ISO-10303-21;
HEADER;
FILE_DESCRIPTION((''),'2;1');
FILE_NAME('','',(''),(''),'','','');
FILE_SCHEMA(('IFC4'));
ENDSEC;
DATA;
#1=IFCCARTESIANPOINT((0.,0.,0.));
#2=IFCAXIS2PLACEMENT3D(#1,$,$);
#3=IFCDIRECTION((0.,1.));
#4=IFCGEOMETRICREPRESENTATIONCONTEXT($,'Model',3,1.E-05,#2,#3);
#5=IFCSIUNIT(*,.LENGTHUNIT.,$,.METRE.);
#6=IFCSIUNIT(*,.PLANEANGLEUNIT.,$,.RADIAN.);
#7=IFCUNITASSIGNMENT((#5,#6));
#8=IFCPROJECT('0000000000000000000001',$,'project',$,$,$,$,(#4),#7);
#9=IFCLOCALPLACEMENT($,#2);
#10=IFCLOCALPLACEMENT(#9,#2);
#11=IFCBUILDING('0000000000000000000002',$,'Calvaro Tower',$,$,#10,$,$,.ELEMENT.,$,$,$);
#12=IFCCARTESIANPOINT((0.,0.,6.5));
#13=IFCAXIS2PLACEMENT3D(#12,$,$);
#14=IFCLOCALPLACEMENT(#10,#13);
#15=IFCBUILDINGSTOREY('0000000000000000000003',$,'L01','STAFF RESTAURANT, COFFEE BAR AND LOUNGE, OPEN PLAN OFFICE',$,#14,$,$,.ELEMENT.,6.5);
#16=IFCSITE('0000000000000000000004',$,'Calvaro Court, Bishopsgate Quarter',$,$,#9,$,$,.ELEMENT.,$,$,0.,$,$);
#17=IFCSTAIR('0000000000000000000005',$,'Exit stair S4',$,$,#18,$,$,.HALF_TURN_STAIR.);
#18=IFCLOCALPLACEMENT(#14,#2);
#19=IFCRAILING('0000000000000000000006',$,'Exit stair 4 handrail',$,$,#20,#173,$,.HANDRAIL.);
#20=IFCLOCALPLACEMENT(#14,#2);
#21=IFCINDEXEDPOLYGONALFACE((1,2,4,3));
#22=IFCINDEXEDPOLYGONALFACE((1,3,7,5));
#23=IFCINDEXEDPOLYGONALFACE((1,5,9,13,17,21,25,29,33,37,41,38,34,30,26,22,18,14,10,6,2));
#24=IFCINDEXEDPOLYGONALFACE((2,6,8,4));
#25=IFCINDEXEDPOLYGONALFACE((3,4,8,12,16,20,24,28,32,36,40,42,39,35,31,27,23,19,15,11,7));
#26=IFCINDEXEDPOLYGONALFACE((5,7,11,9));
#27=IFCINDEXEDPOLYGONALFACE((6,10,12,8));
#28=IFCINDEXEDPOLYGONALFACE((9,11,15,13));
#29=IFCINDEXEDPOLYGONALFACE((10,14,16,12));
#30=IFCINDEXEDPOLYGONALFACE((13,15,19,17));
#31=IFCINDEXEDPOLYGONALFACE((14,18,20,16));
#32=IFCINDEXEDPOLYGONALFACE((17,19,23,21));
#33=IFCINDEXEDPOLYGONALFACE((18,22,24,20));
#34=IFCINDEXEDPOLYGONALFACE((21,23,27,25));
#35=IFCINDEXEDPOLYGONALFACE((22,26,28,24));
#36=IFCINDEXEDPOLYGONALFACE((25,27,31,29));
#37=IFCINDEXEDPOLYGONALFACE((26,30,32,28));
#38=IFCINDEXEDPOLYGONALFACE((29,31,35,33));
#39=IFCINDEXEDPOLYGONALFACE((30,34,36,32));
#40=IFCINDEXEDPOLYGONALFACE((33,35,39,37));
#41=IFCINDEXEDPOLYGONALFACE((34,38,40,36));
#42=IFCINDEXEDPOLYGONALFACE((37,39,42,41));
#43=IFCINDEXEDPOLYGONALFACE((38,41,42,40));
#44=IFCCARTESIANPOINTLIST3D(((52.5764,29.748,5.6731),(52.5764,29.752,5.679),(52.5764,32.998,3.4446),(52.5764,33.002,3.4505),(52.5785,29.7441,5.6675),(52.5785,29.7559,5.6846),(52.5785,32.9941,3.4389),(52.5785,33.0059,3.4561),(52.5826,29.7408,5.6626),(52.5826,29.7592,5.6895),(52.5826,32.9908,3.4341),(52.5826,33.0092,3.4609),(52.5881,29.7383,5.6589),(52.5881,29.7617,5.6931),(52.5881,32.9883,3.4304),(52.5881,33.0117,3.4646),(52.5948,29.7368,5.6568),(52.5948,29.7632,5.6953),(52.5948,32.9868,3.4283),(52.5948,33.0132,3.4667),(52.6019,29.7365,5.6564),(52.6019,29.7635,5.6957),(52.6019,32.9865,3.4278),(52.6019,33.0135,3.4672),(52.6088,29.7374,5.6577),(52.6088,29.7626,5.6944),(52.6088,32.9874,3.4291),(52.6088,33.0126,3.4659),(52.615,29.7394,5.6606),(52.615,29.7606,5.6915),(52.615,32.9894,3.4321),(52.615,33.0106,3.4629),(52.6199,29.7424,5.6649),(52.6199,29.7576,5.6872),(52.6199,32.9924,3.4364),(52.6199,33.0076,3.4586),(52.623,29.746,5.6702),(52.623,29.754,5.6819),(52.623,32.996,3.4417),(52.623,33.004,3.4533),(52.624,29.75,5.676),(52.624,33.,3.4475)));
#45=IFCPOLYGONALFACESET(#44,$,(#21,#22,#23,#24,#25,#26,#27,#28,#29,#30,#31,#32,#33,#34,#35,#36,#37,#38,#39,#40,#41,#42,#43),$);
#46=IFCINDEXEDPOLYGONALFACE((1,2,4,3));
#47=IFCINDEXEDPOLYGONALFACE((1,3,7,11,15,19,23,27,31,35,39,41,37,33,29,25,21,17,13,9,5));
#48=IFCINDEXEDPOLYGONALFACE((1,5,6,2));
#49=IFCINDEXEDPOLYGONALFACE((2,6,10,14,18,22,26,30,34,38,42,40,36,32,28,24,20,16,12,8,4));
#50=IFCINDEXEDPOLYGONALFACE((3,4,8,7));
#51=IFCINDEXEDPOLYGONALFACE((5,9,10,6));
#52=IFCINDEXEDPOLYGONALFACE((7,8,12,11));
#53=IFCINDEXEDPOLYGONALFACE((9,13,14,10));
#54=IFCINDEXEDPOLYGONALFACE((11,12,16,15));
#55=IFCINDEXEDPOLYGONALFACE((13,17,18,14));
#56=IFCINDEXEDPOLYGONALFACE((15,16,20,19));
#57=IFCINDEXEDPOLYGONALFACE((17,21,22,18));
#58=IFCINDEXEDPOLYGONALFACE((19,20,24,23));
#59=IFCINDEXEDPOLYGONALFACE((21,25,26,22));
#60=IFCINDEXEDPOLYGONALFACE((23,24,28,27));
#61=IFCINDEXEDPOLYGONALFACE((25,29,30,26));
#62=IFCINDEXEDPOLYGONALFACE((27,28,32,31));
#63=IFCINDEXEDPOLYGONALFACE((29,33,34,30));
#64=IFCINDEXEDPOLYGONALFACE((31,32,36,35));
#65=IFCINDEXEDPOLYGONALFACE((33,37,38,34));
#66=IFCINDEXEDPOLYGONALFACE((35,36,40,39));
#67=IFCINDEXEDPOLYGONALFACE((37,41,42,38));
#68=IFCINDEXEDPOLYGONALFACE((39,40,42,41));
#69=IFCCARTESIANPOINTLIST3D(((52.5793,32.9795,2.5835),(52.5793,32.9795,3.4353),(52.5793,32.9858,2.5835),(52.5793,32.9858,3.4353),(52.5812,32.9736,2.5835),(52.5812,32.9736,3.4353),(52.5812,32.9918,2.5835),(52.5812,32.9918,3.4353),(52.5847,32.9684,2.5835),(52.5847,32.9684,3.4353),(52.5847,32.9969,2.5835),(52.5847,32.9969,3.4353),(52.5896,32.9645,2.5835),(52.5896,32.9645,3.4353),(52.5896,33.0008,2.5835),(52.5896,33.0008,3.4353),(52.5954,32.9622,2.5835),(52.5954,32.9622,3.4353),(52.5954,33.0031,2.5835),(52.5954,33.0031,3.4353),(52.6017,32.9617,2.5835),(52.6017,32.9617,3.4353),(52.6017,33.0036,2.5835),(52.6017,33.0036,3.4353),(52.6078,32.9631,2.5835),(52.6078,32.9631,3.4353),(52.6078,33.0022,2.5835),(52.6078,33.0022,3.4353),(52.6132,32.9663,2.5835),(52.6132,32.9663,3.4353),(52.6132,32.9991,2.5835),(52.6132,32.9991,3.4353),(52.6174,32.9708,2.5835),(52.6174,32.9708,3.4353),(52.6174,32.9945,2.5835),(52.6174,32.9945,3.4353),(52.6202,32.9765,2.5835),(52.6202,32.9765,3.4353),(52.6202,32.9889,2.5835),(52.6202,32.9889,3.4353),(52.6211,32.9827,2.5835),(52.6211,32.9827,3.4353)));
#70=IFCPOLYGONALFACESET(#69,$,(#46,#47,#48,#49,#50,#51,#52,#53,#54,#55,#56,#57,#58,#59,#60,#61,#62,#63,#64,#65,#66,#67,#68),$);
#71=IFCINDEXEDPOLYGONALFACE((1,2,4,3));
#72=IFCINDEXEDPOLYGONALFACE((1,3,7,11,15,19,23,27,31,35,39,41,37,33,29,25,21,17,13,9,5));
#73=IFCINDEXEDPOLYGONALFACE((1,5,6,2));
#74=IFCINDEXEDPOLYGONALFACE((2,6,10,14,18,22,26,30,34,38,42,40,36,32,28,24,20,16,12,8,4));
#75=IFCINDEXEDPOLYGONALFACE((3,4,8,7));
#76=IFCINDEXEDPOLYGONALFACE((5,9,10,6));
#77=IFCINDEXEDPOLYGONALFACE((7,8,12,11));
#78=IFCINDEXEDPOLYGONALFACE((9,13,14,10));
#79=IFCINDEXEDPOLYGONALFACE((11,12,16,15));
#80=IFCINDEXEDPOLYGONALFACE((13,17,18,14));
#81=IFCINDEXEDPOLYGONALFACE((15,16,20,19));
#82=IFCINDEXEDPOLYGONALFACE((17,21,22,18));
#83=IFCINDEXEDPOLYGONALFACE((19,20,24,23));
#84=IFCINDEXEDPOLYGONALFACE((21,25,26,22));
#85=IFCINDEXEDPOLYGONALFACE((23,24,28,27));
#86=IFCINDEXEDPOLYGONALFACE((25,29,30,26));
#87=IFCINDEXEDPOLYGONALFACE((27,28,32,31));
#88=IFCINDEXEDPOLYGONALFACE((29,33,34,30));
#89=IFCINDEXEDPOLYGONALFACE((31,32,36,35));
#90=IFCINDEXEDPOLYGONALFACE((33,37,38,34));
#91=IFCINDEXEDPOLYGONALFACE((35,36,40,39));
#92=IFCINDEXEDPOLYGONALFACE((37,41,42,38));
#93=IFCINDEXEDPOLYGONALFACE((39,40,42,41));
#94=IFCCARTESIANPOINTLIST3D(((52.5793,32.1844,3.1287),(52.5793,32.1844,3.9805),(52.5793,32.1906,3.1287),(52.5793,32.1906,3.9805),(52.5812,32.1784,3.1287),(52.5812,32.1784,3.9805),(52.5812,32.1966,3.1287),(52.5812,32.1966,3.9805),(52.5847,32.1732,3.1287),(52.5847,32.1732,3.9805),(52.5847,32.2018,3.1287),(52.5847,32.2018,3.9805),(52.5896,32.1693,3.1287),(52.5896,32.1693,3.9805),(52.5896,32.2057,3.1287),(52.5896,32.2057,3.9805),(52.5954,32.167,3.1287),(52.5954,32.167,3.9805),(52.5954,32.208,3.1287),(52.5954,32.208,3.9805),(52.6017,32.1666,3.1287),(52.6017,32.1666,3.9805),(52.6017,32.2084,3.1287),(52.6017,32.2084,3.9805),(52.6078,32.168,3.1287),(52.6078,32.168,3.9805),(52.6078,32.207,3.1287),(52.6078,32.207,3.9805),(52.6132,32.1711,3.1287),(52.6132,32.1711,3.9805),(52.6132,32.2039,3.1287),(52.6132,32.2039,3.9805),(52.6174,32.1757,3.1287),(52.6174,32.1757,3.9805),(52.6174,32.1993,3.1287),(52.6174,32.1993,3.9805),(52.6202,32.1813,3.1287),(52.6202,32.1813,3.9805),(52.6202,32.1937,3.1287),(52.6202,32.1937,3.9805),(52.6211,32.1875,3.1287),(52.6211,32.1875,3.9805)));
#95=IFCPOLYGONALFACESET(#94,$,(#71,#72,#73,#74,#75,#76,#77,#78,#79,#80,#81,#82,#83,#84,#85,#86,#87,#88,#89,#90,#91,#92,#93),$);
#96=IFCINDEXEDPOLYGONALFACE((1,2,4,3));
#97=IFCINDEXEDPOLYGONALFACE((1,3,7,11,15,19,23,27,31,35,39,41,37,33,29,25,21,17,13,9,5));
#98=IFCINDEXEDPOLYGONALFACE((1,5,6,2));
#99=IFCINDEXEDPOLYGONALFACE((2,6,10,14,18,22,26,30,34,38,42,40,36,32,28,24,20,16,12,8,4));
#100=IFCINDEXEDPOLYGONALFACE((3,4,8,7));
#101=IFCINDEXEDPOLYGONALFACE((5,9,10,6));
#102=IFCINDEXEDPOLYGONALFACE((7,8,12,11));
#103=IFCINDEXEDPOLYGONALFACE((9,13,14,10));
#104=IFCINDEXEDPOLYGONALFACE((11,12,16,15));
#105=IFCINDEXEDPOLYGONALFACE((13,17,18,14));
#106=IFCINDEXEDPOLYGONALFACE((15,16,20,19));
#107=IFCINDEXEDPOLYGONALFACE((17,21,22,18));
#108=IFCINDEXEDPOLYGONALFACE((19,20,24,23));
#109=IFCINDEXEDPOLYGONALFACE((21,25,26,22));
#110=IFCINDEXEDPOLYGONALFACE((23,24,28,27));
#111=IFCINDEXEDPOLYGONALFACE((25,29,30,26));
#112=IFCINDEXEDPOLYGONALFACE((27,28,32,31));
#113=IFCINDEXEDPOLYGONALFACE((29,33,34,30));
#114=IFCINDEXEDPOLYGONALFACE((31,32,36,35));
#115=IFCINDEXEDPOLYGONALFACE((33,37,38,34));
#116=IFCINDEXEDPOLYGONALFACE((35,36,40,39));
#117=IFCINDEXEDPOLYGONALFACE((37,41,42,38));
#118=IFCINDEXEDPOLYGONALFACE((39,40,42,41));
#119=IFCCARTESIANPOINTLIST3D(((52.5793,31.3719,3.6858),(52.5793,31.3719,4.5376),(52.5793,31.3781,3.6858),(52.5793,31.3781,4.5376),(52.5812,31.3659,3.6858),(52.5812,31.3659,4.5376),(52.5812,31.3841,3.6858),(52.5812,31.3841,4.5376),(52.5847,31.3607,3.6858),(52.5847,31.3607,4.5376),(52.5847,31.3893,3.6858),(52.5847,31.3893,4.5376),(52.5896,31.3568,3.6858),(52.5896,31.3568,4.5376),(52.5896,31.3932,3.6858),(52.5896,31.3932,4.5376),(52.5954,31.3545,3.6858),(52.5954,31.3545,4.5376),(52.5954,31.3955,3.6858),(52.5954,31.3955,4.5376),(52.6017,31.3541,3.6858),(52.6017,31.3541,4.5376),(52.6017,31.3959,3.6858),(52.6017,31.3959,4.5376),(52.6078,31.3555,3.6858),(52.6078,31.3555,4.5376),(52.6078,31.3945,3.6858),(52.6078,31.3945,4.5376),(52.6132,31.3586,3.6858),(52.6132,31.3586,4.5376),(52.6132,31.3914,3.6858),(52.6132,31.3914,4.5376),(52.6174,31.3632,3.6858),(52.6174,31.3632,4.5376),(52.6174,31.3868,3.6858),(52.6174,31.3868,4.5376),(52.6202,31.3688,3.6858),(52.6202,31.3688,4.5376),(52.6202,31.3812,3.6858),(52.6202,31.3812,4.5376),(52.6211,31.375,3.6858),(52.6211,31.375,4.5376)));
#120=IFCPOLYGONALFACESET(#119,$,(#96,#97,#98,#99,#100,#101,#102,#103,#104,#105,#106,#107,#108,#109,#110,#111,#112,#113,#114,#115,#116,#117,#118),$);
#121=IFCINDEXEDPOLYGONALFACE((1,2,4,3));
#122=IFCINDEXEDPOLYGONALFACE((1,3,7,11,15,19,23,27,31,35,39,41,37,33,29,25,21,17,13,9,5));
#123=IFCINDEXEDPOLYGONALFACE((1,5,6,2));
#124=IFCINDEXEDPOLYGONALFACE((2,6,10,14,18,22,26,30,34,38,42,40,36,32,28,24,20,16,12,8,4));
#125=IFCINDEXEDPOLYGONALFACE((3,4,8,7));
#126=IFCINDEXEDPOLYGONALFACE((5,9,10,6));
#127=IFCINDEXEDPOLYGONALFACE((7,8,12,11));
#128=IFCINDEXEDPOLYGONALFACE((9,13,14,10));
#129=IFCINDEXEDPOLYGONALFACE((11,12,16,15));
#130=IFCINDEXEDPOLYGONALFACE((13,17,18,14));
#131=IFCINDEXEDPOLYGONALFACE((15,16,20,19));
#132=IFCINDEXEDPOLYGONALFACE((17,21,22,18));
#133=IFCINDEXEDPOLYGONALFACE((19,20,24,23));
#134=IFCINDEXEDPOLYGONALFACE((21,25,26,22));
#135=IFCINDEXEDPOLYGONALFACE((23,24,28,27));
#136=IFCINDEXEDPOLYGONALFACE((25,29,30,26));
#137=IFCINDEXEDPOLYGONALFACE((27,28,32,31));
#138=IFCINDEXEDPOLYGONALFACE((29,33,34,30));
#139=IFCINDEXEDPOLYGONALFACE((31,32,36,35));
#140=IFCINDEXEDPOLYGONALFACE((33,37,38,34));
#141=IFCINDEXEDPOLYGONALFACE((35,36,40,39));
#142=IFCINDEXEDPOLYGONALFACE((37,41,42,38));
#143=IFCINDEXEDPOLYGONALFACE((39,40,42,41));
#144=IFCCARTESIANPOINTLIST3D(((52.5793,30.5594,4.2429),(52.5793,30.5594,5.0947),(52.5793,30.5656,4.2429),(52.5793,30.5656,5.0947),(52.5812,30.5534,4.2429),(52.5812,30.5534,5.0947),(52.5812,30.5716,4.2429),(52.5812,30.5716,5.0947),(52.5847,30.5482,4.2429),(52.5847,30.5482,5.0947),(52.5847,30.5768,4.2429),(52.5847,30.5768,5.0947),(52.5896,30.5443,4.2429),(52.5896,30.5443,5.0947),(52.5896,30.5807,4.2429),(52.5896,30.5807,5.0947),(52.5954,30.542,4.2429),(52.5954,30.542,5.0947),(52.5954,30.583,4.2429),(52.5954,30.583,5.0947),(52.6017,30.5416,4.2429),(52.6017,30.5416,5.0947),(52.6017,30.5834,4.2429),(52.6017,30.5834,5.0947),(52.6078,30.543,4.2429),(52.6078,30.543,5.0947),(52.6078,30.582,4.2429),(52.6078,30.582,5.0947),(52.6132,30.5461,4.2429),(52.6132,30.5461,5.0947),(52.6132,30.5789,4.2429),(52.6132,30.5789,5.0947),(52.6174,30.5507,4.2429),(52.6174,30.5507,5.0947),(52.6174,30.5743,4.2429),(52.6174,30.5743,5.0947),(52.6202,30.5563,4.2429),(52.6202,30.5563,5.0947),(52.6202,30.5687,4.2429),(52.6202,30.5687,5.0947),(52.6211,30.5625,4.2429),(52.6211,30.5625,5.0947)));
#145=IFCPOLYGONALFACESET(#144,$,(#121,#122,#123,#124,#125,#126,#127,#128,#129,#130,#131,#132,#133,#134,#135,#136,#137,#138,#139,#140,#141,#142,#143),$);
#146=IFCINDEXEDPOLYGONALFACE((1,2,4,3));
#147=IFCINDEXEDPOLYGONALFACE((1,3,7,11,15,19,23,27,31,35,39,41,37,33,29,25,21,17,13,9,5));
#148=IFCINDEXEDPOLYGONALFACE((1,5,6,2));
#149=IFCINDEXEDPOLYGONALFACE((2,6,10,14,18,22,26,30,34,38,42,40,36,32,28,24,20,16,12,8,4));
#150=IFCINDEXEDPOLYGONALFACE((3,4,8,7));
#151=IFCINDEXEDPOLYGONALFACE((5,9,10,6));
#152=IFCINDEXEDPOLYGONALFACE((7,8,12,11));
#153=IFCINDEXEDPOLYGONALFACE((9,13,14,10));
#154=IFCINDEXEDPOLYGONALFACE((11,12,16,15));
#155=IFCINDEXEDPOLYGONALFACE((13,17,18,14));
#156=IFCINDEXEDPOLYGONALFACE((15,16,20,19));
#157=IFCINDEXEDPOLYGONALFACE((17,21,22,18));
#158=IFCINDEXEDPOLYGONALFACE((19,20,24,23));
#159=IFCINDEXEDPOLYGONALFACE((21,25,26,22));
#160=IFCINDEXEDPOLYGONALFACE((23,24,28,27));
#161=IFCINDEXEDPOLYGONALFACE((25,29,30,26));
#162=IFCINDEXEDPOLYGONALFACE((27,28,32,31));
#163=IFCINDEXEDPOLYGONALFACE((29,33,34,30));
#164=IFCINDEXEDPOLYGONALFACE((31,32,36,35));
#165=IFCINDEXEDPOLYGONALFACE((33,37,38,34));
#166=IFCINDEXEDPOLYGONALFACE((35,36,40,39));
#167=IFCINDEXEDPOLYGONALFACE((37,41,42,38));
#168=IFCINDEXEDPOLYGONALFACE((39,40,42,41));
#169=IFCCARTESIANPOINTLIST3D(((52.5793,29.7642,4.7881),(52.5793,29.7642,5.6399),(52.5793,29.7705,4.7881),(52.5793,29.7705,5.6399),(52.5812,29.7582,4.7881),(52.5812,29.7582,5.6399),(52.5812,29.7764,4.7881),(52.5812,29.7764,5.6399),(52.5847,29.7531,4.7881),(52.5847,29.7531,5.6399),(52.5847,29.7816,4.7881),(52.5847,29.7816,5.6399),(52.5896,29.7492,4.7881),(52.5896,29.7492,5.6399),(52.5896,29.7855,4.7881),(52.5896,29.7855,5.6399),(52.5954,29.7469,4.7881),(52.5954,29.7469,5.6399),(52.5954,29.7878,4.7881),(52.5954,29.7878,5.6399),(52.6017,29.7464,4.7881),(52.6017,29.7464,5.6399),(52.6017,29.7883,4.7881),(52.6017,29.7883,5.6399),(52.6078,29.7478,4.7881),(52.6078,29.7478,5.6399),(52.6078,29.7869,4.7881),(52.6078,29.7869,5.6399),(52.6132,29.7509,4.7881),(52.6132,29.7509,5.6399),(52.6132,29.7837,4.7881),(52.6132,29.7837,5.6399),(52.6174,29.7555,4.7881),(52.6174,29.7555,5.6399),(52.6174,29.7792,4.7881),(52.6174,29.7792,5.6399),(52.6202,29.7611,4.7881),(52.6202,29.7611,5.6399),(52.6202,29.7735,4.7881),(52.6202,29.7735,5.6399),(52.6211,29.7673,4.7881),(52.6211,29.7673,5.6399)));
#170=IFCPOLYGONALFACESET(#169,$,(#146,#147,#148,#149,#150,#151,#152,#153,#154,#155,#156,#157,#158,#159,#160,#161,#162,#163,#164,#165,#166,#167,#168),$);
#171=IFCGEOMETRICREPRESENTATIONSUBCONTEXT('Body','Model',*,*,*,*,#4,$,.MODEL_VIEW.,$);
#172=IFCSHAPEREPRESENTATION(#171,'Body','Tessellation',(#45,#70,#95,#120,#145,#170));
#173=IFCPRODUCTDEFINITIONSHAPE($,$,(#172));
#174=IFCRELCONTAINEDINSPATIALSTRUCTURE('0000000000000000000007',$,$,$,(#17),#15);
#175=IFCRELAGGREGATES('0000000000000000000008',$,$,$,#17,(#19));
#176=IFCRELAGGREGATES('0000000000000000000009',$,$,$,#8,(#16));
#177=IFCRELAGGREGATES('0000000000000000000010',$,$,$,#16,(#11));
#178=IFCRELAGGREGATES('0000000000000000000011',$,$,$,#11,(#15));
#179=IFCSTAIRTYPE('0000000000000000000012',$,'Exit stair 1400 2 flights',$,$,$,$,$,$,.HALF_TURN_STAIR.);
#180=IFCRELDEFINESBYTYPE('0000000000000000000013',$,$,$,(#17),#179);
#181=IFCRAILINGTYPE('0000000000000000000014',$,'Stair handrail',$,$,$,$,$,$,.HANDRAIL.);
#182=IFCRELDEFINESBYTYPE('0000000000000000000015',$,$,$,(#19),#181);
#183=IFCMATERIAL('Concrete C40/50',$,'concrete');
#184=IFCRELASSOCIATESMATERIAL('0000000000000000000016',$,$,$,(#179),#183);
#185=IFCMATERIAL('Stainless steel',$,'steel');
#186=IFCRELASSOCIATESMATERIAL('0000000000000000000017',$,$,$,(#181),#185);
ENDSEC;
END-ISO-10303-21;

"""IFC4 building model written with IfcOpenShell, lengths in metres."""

from ifc_helpers import new_model, si_unit, direction, frame, origin, origin_2d, place, context, subcontext, project, spatial, circle, extrude, material, type_object, element, aggregate, save


model = new_model("IFC4")

# Units and contexts
model_context = context("Model", 3, precision=1e-05, world=origin(), true_north=direction((0.0, 1.0)))
body_context = subcontext(model_context, "Body", "Model", "MODEL_VIEW")
ifc_project = project(units=[si_unit("LENGTHUNIT", "METRE"), si_unit("PLANEANGLEUNIT", "RADIAN")], contexts=[model_context])

# Site, building, storey
site_placement = place(None, origin())
site = spatial("IfcSite", under=ifc_project, at=site_placement, Name="Calvaro Court, Bishopsgate Quarter", CompositionType="ELEMENT", RefElevation=0.0)
building_placement = place(site_placement, origin())
building = spatial("IfcBuilding", under=site, at=building_placement, Name="Calvaro Tower", CompositionType="ELEMENT")
storey_placement = place(building_placement, frame((0.0, 0.0, 6.5)))
storey = spatial("IfcBuildingStorey", under=building, at=storey_placement, Name="L01", Description="STAFF RESTAURANT, COFFEE BAR AND LOUNGE, OPEN PLAN OFFICE", CompositionType="ELEMENT", Elevation=6.5)

# Stair, railing
ifc_material_1 = material(Name="Concrete C40/50", Category="concrete")
stair_type = type_object("IfcStairType", Name="Exit stair 1400 2 flights", PredefinedType="HALF_TURN_STAIR", material=ifc_material_1)
stair_placement = place(storey_placement, origin())
stair = element("IfcStair", 1, at=stair_placement, inside=storey, type_object=stair_type, Name="Exit stair S4", PredefinedType="HALF_TURN_STAIR")
ifc_material_2 = material(Name="Stainless steel", Category="steel")
railing_type = type_object("IfcRailingType", Name="Stair handrail", PredefinedType="HANDRAIL", material=ifc_material_2)
railing_1_placement = place(storey_placement, frame((52.6001, 33.0, 2.5715)))
railing_1 = element("IfcRailing", 2, at=railing_1_placement, type_object=railing_type, Name="Exit stair 4 handrail", PredefinedType="HANDRAIL", context=body_context, shape_type="SweptSolid", body=[
    extrude(circle(Radius=0.0239, at=origin_2d()), frame((0.0, 0.0, 0.876), z_axis=(0.0, -0.824735, 0.565519), x_axis=(1.0, 0.0, 0.0)), (0.0, 0.0, 1.0), 3.9407),
    extrude(circle(Radius=0.021, at=origin_2d()), frame((0.0, -0.0173, 0.012)), (0.0, 0.0, 1.0), 0.8518),
    extrude(circle(Radius=0.021, at=origin_2d()), frame((0.0, -0.8125, 0.5571)), (0.0, 0.0, 1.0), 0.8518),
    extrude(circle(Radius=0.021, at=origin_2d()), frame((0.0, -1.625, 1.1143)), (0.0, 0.0, 1.0), 0.8518),
    extrude(circle(Radius=0.021, at=origin_2d()), frame((0.0, -2.4375, 1.6714)), (0.0, 0.0, 1.0), 0.8518),
    extrude(circle(Radius=0.021, at=origin_2d()), frame((0.0, -3.2327, 2.2166)), (0.0, 0.0, 1.0), 0.8518),
])
aggregate(stair, [railing_1])

save(model, "model.ifc")
